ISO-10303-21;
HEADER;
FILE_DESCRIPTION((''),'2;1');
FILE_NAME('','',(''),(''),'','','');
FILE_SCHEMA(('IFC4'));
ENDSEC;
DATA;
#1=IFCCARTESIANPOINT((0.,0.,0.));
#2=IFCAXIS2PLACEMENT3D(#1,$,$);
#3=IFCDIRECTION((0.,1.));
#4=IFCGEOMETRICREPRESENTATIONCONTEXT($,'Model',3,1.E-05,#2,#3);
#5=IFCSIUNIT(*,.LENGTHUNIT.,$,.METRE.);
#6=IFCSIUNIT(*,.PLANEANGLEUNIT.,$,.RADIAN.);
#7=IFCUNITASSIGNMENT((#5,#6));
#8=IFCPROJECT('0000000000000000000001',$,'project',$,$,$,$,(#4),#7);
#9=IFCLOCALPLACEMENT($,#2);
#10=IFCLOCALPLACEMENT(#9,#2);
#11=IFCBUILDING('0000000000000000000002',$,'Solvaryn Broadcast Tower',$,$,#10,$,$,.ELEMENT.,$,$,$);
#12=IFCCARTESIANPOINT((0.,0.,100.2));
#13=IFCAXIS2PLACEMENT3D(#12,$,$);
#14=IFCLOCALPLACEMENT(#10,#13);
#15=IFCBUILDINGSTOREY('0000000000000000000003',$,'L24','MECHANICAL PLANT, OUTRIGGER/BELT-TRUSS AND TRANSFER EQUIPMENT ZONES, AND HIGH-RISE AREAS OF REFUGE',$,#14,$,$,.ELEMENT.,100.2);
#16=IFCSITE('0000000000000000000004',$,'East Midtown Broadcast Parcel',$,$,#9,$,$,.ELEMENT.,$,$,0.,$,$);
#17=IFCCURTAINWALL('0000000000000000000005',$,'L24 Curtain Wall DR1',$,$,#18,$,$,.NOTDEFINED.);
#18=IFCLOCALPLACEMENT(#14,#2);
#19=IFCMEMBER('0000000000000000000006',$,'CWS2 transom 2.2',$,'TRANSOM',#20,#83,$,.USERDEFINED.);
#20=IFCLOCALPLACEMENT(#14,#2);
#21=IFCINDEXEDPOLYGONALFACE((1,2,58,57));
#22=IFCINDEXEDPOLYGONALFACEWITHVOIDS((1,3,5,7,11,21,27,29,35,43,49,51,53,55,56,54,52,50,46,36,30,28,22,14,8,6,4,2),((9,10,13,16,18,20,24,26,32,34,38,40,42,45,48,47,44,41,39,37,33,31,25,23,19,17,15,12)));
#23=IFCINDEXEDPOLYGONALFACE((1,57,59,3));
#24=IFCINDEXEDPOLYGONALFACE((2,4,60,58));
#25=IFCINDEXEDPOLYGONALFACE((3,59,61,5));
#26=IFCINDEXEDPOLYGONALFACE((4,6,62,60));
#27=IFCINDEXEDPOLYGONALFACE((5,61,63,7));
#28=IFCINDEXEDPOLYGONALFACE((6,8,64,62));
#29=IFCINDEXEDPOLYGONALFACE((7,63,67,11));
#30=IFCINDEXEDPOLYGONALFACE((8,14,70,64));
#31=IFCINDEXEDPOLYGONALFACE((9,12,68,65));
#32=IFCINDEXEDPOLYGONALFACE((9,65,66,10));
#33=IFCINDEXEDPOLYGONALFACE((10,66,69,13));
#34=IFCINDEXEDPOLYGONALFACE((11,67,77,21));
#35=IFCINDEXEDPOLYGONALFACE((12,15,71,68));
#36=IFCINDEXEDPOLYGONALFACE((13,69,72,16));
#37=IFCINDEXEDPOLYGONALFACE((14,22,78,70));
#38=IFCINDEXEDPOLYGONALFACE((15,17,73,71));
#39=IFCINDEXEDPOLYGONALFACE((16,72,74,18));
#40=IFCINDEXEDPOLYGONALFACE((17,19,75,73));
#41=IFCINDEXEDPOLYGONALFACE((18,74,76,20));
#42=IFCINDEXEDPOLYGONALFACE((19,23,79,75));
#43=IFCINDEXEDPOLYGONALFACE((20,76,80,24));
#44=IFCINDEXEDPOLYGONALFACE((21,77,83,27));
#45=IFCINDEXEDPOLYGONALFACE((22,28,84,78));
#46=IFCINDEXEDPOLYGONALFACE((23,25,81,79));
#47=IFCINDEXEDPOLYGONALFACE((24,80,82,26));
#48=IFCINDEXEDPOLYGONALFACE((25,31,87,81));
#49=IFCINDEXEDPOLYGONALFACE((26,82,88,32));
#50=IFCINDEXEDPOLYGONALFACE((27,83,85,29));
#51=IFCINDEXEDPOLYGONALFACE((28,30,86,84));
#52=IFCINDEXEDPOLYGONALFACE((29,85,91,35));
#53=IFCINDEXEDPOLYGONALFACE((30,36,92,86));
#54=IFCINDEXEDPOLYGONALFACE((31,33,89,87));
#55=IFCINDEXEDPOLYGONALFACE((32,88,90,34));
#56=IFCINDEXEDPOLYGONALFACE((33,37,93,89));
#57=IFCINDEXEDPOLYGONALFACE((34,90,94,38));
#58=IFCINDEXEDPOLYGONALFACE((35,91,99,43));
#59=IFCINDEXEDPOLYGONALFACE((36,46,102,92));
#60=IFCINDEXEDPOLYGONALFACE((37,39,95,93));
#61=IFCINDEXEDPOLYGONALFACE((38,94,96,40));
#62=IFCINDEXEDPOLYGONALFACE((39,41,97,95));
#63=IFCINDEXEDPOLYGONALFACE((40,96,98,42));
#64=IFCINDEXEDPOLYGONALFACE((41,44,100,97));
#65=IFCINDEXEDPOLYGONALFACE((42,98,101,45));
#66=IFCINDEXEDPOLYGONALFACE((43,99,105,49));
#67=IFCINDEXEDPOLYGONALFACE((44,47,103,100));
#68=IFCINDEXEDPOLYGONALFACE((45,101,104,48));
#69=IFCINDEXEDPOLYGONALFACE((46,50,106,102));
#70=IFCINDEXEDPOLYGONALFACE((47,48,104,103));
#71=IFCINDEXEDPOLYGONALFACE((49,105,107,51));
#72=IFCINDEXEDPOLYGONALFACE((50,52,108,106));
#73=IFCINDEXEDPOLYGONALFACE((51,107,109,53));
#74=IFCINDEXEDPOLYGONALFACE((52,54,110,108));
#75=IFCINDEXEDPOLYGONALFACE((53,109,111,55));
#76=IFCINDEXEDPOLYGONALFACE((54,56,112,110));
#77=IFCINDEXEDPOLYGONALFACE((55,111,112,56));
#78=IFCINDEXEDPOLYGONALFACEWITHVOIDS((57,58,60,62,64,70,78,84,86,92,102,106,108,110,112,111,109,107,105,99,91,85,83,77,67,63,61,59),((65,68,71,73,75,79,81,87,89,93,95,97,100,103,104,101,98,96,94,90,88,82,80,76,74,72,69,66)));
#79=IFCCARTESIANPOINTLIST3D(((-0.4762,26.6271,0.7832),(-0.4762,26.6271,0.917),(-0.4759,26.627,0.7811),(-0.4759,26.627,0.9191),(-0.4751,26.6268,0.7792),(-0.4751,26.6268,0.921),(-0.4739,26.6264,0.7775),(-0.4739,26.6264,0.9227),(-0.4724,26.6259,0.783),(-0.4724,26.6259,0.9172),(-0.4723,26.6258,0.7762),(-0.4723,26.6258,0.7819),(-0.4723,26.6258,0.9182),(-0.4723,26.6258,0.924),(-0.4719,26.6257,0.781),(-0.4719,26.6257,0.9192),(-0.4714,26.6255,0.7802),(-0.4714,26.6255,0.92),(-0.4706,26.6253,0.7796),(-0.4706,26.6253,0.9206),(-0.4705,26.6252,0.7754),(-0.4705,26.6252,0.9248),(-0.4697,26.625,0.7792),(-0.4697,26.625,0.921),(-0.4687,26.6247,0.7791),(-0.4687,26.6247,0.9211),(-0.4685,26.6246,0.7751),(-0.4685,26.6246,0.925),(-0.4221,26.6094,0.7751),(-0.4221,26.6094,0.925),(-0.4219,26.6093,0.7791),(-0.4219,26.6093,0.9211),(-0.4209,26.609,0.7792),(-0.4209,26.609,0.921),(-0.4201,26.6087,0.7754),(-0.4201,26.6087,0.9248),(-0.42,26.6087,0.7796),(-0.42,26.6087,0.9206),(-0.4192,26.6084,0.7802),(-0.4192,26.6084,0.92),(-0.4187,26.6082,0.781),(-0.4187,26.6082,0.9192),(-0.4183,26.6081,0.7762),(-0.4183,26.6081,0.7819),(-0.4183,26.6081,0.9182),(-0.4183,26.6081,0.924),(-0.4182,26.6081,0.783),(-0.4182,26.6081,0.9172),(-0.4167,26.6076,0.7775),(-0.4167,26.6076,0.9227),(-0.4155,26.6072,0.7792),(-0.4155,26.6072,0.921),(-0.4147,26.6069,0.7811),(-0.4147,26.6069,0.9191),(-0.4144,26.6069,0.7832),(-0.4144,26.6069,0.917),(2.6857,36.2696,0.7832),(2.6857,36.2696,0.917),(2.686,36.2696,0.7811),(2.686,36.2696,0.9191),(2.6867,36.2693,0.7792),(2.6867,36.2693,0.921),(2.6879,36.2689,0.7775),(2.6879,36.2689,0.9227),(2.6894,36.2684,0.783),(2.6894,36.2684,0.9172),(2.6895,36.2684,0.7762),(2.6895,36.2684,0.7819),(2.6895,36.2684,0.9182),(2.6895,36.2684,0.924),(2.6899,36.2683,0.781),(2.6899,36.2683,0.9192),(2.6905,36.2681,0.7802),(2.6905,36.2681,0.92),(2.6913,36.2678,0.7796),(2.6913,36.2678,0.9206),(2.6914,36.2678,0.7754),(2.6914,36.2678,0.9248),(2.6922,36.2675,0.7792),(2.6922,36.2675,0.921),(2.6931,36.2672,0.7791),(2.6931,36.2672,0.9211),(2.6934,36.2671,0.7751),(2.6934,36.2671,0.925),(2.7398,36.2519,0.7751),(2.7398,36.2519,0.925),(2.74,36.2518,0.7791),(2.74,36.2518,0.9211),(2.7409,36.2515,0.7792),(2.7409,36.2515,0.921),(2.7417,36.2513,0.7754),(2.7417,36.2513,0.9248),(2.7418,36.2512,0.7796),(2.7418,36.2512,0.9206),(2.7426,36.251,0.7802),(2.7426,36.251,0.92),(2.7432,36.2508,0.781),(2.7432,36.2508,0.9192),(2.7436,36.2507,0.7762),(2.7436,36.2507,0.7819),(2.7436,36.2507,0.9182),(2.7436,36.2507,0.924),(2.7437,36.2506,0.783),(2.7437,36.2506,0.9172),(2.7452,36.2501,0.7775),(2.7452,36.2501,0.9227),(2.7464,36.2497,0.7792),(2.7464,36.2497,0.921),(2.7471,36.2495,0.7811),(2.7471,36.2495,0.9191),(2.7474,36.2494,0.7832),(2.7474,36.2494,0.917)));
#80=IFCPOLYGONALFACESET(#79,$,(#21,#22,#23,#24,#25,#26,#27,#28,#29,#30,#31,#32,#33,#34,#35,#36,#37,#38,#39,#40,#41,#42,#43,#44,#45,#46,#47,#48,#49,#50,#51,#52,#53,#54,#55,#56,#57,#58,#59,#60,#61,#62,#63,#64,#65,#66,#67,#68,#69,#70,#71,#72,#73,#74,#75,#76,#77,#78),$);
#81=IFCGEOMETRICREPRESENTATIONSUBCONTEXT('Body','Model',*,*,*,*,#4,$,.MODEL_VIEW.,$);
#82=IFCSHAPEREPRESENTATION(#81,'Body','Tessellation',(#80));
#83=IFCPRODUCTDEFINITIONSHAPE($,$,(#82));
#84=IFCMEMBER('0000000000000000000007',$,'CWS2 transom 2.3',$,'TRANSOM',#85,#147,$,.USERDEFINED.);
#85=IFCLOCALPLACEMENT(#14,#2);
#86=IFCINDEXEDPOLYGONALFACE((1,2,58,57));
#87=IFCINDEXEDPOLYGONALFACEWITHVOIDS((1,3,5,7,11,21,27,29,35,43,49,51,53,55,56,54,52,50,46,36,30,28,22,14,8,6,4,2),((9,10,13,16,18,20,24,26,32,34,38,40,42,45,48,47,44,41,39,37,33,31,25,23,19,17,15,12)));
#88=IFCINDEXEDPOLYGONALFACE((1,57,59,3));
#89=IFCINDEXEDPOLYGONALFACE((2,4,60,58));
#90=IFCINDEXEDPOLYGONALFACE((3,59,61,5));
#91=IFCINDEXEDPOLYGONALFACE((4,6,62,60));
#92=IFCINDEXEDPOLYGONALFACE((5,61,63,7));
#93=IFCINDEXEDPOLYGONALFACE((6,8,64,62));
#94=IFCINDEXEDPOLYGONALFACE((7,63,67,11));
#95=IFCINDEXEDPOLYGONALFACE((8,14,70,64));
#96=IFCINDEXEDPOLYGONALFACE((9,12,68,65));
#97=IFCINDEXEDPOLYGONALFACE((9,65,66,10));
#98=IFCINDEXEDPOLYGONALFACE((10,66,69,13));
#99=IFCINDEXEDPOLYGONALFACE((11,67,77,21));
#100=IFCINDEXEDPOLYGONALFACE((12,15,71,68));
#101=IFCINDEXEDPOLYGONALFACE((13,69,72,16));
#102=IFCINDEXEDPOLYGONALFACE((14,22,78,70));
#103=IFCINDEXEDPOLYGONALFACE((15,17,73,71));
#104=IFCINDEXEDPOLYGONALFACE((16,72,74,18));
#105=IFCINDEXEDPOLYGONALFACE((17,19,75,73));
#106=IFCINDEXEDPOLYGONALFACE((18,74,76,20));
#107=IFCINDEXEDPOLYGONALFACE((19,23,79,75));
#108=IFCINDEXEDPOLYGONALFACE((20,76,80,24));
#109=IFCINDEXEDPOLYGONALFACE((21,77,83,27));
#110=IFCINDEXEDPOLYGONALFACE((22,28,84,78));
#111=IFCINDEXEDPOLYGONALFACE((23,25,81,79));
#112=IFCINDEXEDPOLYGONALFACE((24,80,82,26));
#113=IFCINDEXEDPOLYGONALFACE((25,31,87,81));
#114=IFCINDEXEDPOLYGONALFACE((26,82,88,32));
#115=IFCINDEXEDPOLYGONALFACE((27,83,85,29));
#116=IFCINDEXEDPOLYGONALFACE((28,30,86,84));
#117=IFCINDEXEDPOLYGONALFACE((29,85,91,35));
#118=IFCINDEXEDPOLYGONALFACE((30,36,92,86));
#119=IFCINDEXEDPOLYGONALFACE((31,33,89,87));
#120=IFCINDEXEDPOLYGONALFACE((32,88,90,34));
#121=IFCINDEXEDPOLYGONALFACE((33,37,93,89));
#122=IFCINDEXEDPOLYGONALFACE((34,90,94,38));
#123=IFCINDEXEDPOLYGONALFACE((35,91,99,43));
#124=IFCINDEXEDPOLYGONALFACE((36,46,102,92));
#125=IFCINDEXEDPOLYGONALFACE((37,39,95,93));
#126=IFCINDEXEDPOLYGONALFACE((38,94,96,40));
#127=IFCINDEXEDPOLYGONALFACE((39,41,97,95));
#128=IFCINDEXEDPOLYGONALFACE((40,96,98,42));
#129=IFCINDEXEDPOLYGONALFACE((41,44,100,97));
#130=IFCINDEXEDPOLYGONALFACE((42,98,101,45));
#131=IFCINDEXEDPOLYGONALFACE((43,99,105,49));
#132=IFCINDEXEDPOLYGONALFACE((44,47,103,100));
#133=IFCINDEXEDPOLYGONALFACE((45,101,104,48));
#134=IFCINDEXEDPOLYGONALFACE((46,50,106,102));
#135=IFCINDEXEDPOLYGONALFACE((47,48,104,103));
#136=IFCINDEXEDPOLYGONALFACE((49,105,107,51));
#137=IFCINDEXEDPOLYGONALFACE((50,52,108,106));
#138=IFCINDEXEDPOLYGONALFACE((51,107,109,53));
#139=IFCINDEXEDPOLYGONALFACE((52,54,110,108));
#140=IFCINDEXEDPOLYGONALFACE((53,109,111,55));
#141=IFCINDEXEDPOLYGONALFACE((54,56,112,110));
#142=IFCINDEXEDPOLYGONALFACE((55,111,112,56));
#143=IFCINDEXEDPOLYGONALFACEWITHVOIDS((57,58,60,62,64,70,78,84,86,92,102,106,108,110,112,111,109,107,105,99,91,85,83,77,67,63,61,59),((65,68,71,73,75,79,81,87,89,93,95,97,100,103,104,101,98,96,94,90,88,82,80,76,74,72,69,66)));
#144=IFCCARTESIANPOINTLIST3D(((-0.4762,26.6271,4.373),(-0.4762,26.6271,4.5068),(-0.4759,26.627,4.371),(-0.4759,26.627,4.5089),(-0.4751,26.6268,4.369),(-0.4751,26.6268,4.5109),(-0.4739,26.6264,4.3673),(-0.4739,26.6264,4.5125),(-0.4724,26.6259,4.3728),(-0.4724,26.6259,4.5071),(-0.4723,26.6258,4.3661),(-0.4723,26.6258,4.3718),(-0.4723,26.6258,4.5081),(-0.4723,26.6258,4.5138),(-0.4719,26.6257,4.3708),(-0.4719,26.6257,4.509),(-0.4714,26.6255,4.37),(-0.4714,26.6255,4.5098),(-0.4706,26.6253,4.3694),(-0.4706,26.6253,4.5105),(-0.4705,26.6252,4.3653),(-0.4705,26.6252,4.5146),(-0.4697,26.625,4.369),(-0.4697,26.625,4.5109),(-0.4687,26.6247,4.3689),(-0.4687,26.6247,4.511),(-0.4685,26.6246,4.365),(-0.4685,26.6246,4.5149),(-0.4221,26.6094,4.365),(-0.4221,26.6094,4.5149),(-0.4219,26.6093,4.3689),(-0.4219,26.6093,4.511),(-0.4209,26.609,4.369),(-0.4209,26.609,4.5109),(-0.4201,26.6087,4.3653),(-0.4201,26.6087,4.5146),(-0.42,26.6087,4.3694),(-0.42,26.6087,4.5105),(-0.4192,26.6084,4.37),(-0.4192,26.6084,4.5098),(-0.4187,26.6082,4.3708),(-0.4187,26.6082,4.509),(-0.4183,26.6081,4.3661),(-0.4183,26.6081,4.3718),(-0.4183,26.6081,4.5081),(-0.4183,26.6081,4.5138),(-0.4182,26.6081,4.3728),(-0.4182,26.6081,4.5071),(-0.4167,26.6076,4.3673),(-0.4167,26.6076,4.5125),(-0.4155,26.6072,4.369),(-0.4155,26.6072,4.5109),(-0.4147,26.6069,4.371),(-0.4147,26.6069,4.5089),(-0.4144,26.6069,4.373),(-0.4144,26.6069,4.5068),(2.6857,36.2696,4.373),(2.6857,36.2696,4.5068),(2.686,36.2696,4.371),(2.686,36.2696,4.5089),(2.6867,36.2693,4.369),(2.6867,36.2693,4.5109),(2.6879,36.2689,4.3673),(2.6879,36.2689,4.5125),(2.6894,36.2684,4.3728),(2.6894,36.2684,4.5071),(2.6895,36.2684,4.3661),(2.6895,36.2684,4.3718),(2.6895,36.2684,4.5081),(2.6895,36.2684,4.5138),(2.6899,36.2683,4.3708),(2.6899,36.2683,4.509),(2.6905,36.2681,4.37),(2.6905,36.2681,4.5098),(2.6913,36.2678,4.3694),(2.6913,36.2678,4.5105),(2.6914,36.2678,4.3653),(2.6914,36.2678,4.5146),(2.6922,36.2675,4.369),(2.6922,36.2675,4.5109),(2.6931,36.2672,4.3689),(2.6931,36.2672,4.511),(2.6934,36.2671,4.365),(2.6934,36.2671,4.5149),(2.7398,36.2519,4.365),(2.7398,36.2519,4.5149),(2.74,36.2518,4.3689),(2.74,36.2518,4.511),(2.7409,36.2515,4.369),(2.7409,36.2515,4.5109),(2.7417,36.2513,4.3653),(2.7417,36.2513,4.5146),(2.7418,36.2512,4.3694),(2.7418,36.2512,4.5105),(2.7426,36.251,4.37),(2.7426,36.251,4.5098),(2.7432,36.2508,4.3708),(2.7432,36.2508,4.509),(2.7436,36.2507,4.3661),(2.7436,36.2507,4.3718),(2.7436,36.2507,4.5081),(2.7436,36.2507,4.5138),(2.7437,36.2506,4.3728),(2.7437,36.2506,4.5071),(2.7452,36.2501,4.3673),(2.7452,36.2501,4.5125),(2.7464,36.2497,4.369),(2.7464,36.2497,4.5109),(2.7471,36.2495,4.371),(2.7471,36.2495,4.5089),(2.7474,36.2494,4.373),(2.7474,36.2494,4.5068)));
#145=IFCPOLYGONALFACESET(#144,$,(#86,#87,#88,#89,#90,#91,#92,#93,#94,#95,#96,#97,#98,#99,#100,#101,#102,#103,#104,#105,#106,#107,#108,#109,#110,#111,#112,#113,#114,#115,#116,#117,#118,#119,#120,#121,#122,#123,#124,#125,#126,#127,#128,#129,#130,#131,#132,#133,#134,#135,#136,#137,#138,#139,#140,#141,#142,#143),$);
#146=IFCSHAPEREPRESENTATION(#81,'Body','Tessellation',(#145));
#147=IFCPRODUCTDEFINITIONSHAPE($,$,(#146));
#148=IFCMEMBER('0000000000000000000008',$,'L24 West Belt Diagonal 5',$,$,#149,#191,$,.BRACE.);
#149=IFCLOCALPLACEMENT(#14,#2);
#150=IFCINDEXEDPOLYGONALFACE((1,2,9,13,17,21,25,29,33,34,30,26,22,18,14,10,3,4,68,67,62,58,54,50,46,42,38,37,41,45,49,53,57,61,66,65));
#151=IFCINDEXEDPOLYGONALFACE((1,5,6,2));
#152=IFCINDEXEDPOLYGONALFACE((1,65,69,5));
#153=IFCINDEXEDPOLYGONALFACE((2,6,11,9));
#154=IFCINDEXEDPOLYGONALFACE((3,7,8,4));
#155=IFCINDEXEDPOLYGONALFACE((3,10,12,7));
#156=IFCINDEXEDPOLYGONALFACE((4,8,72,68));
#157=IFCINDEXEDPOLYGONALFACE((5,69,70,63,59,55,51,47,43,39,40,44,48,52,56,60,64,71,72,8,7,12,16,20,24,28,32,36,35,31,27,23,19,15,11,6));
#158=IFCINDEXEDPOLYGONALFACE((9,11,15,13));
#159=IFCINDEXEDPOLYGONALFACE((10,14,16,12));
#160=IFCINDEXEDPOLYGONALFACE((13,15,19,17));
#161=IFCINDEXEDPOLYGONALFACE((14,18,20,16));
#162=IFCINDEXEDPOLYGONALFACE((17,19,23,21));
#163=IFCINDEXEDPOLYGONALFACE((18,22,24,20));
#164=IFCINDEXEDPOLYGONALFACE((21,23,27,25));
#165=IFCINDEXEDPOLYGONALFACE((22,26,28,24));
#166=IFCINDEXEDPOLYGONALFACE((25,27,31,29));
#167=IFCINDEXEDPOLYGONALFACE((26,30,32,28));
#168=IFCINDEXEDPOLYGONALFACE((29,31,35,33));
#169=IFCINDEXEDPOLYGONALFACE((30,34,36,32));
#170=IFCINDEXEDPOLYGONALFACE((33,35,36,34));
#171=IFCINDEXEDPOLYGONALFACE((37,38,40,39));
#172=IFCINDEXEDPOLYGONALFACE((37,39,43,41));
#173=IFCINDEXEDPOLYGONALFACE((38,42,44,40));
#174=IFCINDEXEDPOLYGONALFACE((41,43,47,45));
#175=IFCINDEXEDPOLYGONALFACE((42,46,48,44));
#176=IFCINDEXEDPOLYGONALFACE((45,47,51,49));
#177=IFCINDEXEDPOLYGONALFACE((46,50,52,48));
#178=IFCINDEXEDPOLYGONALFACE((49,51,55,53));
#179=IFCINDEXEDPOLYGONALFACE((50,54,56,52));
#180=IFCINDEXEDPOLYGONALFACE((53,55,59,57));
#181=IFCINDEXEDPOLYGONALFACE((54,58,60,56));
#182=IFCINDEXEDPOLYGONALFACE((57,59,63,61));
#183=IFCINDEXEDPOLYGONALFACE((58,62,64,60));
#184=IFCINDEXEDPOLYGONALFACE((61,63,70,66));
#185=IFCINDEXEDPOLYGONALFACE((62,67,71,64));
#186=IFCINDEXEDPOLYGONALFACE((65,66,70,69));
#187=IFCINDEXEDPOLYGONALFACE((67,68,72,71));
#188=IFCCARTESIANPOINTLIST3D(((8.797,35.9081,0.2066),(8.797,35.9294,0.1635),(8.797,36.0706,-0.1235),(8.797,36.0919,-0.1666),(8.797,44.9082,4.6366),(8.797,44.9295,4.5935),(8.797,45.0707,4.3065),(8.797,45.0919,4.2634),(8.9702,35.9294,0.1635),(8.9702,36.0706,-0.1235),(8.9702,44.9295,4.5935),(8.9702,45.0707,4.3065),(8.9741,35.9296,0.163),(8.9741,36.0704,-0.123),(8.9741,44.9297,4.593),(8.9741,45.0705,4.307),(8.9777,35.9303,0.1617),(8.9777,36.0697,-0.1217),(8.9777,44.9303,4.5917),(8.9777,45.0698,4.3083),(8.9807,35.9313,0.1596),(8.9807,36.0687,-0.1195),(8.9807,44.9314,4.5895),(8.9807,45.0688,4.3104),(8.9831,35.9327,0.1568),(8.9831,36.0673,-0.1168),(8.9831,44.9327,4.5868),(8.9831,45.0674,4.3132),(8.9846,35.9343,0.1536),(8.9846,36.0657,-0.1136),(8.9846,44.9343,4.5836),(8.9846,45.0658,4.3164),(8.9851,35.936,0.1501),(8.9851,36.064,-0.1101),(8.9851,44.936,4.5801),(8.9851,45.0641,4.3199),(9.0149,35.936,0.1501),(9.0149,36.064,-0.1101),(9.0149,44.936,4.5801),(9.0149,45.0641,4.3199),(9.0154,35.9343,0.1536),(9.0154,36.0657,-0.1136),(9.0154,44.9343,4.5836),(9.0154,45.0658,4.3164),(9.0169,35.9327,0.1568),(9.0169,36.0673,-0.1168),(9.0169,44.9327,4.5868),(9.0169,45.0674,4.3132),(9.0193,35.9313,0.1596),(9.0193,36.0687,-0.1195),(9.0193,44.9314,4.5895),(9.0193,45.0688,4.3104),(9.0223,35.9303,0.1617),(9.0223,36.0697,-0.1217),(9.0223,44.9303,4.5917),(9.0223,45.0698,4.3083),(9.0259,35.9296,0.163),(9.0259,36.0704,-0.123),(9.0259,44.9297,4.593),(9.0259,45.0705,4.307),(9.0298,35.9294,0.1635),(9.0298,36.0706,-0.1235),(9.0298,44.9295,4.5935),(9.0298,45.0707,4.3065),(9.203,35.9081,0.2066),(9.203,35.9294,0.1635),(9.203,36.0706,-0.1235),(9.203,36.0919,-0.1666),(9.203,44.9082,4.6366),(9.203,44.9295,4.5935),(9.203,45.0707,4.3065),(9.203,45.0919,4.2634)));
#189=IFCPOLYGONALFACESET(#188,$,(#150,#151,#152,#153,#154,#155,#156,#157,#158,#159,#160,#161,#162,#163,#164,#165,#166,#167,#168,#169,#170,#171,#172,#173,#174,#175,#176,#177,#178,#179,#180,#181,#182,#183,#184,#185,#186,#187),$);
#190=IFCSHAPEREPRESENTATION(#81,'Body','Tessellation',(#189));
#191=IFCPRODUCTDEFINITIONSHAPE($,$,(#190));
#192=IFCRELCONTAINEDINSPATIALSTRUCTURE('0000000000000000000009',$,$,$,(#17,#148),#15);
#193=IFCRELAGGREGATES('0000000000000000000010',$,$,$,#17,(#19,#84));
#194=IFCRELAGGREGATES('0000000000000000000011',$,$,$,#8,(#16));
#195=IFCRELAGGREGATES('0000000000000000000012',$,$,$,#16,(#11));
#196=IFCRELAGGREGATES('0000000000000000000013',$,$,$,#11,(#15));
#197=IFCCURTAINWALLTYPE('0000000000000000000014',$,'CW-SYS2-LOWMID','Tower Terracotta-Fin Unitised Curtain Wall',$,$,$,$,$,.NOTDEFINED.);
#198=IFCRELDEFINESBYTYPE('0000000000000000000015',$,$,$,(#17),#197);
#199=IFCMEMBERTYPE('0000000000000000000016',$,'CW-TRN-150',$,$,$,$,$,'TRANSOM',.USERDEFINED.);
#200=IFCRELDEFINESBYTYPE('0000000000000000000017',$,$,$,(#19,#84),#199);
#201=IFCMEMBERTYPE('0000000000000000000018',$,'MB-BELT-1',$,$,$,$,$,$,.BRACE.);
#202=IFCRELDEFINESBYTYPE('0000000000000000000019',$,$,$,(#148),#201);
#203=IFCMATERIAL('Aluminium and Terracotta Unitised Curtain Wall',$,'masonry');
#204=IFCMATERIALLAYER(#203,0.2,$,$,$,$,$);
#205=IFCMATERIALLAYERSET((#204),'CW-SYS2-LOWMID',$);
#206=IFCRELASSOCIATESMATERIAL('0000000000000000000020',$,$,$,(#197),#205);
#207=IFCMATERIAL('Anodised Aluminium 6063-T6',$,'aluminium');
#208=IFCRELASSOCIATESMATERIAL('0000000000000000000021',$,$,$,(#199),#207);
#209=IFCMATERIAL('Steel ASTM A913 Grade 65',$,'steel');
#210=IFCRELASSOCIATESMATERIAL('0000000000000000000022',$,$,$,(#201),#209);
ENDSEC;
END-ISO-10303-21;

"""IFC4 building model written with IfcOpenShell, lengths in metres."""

from ifc_helpers import new_model, si_unit, direction, frame, origin, origin_2d, place, context, subcontext, project, spatial, hollow_rectangle, i_section, extrude, material, layer, layer_set, material_profile, profile_set, type_object, element, aggregate, save


model = new_model("IFC4")

# Units and contexts
model_context = context("Model", 3, precision=1e-05, world=origin(), true_north=direction((0.0, 1.0)))
body_context = subcontext(model_context, "Body", "Model", "MODEL_VIEW")
ifc_project = project(units=[si_unit("LENGTHUNIT", "METRE"), si_unit("PLANEANGLEUNIT", "RADIAN")], contexts=[model_context])

# Site, building, storey
site_placement = place(None, origin())
site = spatial("IfcSite", under=ifc_project, at=site_placement, Name="East Midtown Broadcast Parcel", CompositionType="ELEMENT", RefElevation=0.0)
building_placement = place(site_placement, origin())
building = spatial("IfcBuilding", under=site, at=building_placement, Name="Solvaryn Broadcast Tower", CompositionType="ELEMENT")
storey_placement = place(building_placement, frame((0.0, 0.0, 100.2)))
storey = spatial("IfcBuildingStorey", under=building, at=storey_placement, Name="L24", Description="MECHANICAL PLANT, OUTRIGGER/BELT-TRUSS AND TRANSFER EQUIPMENT ZONES, AND HIGH-RISE AREAS OF REFUGE", CompositionType="ELEMENT", Elevation=100.2)

# Curtain wall, members
ifc_material_1 = material(Name="Aluminium and Terracotta Unitised Curtain Wall", Category="masonry")
ifc_layer_1 = layer(ifc_material_1, 0.2)
ifc_layer_set_1 = layer_set([ifc_layer_1], Name="CW-SYS2-LOWMID")
curtain_wall_type = type_object("IfcCurtainWallType", Name="CW-SYS2-LOWMID", Description="Tower Terracotta-Fin Unitised Curtain Wall", PredefinedType="NOTDEFINED", material=ifc_layer_set_1)
curtain_wall_placement = place(storey_placement, origin())
curtain_wall = element("IfcCurtainWall", 1, at=curtain_wall_placement, inside=storey, type_object=curtain_wall_type, Name="L24 Curtain Wall DR1", PredefinedType="NOTDEFINED")
ifc_material_2 = material(Name="Anodised Aluminium 6063-T6", Category="aluminium")
ifc_material_profile_1 = material_profile(ifc_material_2, hollow_rectangle(XDim=0.0649, YDim=0.1499, WallThickness=0.0039, InnerFilletRadius=0.0039, OuterFilletRadius=0.0081, at=origin_2d()))
ifc_profile_set_1 = profile_set([ifc_material_profile_1], Name="Anodised Aluminium 6063-T6")
member_type_1 = type_object("IfcMemberType", Name="CW-TRN-150", ElementType="TRANSOM", PredefinedType="USERDEFINED", material=ifc_profile_set_1)
member_1_placement = place(storey_placement, frame((2.7166, 36.2595, 0.8501), z_axis=(-0.311583, -0.950219, 0.0), x_axis=(0.950219, -0.311583, 0.0)))
member_1 = element("IfcMember", 2, at=member_1_placement, type_object=member_type_1, Name="CWS2 transom 2.2", ObjectType="TRANSOM", PredefinedType="USERDEFINED", context=body_context, shape_type="SweptSolid", body=[
    extrude(hollow_rectangle(XDim=0.0649, YDim=0.1499, WallThickness=0.0039, InnerFilletRadius=0.0039, OuterFilletRadius=0.0081, at=origin_2d()), origin(), (0.0, 0.0, 1.0), 10.1477),
])
member_2_placement = place(storey_placement, frame((2.7166, 36.2595, 4.4399), z_axis=(-0.311583, -0.950219, 0.0), x_axis=(0.950219, -0.311583, 0.0)))
member_2 = element("IfcMember", 3, at=member_2_placement, type_object=member_type_1, Name="CWS2 transom 2.3", ObjectType="TRANSOM", PredefinedType="USERDEFINED", context=body_context, shape_type="SweptSolid", body=[
    extrude(hollow_rectangle(XDim=0.0649, YDim=0.1499, WallThickness=0.0039, InnerFilletRadius=0.0039, OuterFilletRadius=0.0081, at=origin_2d()), origin(), (0.0, 0.0, 1.0), 10.1477),
])

# Member
ifc_material_3 = material(Name="Steel ASTM A913 Grade 65", Category="steel")
ifc_material_profile_2 = material_profile(ifc_material_3, i_section(OverallWidth=0.406, OverallDepth=0.416, WebThickness=0.0298, FlangeThickness=0.0481, FilletRadius=0.0149, at=origin_2d()))
ifc_profile_set_2 = profile_set([ifc_material_profile_2], Name="Steel ASTM A913 Grade 65")
member_type_2 = type_object("IfcMemberType", Name="MB-BELT-1", PredefinedType="BRACE", material=ifc_profile_set_2)
member_3_placement = place(storey_placement, frame((9.0, 36.0, 0.02), z_axis=(0.0, 0.897204, 0.441617), x_axis=(-1.0, 0.0, 0.0)))
element("IfcMember", 4, at=member_3_placement, inside=storey, type_object=member_type_2, Name="L24 West Belt Diagonal 5", PredefinedType="BRACE", context=body_context, shape_type="SweptSolid", body=[
    extrude(i_section(OverallWidth=0.406, OverallDepth=0.416, WebThickness=0.0298, FlangeThickness=0.0481, FilletRadius=0.0149, at=origin_2d()), origin(), (0.0, 0.0, 1.0), 10.0312),
])

aggregate(curtain_wall, [member_1, member_2])

save(model, "model.ifc")
